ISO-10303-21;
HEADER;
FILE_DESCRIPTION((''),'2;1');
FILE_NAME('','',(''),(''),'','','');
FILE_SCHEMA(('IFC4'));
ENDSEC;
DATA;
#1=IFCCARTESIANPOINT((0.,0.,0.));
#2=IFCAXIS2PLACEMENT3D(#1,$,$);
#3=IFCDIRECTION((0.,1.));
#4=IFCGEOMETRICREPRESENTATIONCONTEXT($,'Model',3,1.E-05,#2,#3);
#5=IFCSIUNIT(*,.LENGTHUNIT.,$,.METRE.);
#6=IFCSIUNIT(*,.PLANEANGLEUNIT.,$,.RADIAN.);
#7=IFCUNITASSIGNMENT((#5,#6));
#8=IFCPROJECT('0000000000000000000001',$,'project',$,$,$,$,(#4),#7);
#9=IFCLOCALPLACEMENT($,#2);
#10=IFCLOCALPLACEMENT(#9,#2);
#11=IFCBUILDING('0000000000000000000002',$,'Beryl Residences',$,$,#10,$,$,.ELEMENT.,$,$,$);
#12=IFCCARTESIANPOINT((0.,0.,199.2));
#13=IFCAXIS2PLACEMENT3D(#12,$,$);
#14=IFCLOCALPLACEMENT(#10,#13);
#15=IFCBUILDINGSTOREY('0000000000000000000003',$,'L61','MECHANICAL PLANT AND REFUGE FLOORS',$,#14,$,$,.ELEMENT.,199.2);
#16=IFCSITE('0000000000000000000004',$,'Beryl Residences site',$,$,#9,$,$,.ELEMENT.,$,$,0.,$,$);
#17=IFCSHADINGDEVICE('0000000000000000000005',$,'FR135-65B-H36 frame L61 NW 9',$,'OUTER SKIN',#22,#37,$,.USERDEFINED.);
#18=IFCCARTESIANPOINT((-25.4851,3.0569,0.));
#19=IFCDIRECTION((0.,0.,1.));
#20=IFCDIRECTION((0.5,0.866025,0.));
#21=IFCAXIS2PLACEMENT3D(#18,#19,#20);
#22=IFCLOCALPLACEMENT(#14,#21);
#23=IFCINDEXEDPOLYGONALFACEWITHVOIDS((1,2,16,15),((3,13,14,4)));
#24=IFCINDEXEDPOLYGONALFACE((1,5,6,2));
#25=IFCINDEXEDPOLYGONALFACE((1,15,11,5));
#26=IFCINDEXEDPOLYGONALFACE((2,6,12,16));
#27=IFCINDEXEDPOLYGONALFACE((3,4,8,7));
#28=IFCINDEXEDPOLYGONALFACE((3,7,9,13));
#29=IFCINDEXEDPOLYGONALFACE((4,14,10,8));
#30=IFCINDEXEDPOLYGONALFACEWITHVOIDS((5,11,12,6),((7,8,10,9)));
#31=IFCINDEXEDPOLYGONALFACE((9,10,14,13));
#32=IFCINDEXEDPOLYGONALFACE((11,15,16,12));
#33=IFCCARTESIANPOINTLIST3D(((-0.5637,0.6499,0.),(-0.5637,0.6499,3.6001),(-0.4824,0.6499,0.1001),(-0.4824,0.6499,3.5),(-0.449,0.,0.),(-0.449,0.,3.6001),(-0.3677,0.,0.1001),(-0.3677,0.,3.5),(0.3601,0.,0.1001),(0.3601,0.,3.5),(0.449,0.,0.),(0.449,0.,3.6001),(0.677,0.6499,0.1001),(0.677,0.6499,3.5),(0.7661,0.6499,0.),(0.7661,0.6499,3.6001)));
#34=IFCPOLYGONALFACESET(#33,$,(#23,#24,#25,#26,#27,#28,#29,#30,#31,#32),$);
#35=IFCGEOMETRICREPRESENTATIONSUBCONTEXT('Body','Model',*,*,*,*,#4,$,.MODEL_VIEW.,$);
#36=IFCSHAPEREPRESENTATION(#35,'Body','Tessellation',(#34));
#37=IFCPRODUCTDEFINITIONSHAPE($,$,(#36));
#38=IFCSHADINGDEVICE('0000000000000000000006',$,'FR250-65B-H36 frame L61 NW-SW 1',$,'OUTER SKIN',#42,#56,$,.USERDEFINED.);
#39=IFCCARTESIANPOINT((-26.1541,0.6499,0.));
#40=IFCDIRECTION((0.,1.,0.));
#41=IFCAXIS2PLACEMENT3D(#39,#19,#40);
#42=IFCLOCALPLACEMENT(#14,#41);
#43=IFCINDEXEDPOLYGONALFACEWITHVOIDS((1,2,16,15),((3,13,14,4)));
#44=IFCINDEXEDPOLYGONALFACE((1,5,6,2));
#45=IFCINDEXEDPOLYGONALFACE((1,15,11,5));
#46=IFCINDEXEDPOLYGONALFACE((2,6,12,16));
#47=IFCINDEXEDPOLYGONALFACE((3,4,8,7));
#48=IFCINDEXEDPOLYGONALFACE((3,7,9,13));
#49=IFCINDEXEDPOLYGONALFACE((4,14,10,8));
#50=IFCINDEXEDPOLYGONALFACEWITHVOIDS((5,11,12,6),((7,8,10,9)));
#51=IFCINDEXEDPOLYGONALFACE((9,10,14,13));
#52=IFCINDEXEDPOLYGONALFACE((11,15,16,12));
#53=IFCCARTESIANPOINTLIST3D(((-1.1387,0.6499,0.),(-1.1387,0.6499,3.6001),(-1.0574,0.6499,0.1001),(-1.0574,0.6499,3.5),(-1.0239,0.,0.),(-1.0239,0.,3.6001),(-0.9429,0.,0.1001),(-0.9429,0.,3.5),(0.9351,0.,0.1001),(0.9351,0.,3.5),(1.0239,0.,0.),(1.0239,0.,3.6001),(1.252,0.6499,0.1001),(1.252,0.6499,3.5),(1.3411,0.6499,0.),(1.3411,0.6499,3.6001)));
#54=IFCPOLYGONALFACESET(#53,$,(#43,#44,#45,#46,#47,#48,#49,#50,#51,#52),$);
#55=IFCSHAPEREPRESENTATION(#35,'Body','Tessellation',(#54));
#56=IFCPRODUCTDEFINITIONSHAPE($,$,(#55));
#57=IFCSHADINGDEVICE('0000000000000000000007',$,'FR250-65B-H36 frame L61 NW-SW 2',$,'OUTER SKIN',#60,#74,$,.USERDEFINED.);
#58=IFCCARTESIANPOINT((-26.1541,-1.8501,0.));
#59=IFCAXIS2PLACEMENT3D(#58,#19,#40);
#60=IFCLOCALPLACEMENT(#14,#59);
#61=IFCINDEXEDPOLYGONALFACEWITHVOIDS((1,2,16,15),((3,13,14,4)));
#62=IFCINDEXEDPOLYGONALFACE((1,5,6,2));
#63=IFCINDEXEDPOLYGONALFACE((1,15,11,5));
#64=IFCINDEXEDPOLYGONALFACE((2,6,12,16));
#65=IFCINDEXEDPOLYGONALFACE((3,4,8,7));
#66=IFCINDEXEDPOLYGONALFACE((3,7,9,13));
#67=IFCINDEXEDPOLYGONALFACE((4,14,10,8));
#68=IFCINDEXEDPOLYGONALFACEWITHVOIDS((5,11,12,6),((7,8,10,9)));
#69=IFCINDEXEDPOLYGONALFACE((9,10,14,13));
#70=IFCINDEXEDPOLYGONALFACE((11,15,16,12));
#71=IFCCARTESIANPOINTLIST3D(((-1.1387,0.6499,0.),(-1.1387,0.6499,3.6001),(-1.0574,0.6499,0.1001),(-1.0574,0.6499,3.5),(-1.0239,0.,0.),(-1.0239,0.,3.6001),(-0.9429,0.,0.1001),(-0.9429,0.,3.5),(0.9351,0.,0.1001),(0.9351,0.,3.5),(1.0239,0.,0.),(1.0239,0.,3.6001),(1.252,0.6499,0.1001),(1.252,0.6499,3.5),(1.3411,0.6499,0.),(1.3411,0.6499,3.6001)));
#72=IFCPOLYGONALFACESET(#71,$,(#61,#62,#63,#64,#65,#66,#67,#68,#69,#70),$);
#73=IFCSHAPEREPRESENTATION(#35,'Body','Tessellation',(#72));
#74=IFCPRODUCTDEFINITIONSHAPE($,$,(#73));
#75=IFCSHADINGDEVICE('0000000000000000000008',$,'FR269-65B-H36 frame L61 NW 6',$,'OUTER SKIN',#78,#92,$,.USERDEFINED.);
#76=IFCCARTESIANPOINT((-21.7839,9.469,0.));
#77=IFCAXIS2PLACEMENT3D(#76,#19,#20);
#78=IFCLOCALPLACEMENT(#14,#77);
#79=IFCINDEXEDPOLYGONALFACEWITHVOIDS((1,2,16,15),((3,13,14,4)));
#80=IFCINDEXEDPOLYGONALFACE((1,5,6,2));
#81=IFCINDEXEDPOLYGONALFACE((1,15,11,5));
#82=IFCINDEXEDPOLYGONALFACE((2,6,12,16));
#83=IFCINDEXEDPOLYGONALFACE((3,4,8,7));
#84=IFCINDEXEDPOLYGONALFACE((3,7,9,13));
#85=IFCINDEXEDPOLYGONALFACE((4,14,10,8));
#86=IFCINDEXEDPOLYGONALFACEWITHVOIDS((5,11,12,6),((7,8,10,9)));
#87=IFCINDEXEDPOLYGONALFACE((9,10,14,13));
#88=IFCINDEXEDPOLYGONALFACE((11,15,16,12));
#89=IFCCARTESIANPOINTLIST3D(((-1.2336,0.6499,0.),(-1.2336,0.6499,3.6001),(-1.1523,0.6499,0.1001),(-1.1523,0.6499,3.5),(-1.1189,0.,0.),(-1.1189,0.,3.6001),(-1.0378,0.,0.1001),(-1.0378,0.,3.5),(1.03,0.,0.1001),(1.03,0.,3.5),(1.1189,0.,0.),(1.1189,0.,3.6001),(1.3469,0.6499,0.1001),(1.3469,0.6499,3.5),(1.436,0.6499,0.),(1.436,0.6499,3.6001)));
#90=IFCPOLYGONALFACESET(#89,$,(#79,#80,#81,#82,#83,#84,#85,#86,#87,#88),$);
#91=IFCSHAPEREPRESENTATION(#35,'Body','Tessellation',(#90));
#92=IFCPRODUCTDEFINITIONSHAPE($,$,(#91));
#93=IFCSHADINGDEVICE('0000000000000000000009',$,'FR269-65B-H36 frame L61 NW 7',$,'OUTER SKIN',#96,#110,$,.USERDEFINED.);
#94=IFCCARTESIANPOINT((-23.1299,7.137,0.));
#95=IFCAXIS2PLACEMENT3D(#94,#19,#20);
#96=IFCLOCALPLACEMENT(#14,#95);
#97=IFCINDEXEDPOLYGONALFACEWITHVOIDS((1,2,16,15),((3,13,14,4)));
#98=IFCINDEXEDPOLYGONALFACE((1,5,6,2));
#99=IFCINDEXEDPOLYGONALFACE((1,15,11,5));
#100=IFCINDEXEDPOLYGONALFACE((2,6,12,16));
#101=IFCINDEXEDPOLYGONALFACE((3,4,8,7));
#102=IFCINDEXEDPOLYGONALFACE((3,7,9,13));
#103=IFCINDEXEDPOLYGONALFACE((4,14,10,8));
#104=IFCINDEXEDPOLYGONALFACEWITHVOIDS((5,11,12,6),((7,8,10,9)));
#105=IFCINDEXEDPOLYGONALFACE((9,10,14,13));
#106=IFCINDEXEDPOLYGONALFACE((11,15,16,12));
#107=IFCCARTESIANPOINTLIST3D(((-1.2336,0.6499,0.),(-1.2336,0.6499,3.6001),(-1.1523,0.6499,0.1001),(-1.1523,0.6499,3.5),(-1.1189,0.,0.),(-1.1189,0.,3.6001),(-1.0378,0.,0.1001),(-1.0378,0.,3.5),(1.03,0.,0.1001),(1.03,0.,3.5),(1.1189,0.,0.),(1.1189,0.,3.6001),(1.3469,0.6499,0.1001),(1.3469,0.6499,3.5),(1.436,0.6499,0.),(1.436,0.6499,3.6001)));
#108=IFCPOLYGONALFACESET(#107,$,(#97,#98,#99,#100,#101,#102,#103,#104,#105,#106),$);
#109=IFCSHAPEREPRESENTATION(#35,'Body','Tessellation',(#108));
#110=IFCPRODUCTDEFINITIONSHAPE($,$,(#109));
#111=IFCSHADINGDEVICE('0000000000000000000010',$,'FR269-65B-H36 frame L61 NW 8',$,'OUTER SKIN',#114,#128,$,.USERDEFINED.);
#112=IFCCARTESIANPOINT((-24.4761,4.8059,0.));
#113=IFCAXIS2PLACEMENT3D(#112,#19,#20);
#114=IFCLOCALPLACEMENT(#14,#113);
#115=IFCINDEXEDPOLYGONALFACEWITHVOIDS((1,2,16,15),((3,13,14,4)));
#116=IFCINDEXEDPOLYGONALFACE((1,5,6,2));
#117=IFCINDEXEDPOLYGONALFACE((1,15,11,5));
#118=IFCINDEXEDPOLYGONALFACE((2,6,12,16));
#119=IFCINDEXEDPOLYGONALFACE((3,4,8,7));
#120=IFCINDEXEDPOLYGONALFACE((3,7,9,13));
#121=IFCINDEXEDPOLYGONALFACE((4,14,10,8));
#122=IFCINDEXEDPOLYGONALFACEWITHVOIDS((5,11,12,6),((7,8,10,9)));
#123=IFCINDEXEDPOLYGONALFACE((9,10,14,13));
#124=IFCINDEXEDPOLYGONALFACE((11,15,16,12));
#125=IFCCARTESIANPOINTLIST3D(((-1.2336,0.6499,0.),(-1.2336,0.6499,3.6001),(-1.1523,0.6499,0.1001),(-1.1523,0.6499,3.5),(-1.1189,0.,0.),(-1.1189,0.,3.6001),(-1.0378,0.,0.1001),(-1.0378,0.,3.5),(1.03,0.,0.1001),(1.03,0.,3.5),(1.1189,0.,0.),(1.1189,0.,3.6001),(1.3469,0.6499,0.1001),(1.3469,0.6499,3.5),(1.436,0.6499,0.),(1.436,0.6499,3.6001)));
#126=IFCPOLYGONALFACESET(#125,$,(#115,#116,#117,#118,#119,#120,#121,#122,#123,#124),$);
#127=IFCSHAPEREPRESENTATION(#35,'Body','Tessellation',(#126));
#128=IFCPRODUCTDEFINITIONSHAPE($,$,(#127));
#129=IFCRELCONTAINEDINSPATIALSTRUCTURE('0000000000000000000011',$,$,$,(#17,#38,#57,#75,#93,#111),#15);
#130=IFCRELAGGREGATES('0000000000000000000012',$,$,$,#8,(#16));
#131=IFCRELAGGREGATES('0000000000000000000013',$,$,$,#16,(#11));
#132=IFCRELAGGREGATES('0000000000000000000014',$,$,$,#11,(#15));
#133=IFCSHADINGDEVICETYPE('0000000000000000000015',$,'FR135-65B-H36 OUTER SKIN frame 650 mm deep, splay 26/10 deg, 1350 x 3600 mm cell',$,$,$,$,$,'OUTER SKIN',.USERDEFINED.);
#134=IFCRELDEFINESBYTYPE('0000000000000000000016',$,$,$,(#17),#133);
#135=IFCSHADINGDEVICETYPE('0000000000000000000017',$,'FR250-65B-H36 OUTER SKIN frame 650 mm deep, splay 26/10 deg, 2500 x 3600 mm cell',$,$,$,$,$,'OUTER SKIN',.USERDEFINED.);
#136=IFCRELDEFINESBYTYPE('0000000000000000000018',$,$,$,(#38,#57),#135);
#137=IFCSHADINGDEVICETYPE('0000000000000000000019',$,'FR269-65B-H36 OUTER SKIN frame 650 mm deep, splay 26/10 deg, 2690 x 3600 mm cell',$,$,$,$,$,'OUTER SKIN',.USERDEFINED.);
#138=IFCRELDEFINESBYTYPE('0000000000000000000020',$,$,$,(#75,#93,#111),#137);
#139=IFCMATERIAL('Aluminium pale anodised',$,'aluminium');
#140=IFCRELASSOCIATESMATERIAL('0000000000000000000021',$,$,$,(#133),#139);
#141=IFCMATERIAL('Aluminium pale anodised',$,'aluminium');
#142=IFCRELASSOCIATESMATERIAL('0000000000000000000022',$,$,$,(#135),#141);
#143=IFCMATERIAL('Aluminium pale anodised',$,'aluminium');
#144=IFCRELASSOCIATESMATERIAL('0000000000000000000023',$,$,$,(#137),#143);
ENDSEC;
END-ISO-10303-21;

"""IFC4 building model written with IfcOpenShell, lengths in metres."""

from ifc_helpers import new_model, entity, si_unit, direction, frame, origin, place, context, subcontext, project, spatial, source, transform, mapped, material, type_object, type_shapes, element, save


model = new_model("IFC4")

# Units and contexts
model_context = context("Model", 3, precision=1e-05, world=origin(), true_north=direction((0.0, 1.0)))
body_context = subcontext(model_context, "Body", "Model", "MODEL_VIEW")
ifc_project = project(units=[si_unit("LENGTHUNIT", "METRE"), si_unit("PLANEANGLEUNIT", "RADIAN")], contexts=[model_context])

# Site, building, storey
site_placement = place(None, origin())
site = spatial("IfcSite", under=ifc_project, at=site_placement, Name="Beryl Residences site", CompositionType="ELEMENT", RefElevation=0.0)
building_placement = place(site_placement, origin())
building = spatial("IfcBuilding", under=site, at=building_placement, Name="Beryl Residences", CompositionType="ELEMENT")
storey_placement = place(building_placement, frame((0.0, 0.0, 199.2)))
storey = spatial("IfcBuildingStorey", under=building, at=storey_placement, Name="L61", Description="MECHANICAL PLANT AND REFUGE FLOORS", CompositionType="ELEMENT", Elevation=199.2)

# Shading devices
ifc_material_1 = material(Name="Aluminium pale anodised", Category="aluminium")
shading_device_type_1 = type_object("IfcShadingDeviceType", Name="FR135-65B-H36 OUTER SKIN frame 650 mm deep, splay 26/10 deg, 1350 x 3600 mm cell", ElementType="OUTER SKIN", PredefinedType="USERDEFINED", material=ifc_material_1)
cartesian_point_1 = entity("IfcCartesianPoint", [-0.449, 0.0])
cartesian_point_2 = entity("IfcCartesianPoint", [-0.3601, 0.1001])
cartesian_point_3 = entity("IfcCartesianPoint", [-0.7661, 0.0])
cartesian_point_4 = entity("IfcCartesianPoint", [-0.677, 0.1001])
shared_shape_1 = source(origin(), body_context, "Body", "SweptSolid", [
    entity("IfcExtrudedAreaSolidTapered", entity("IfcArbitraryProfileDefWithVoids", "AREA", None, entity("IfcPolyline", [cartesian_point_1, entity("IfcCartesianPoint", [0.449, 0.0]), entity("IfcCartesianPoint", [0.449, 3.6001]), entity("IfcCartesianPoint", [-0.449, 3.6001]), cartesian_point_1]), [entity("IfcPolyline", [cartesian_point_2, entity("IfcCartesianPoint", [0.3677, 0.1001]), entity("IfcCartesianPoint", [0.3677, 3.5]), entity("IfcCartesianPoint", [-0.3601, 3.5]), cartesian_point_2])]), entity("IfcAxis2Placement3D", entity("IfcCartesianPoint", [0.0, 0.0, 0.0]), entity("IfcDirection", [0.0, 1.0, 0.0]), entity("IfcDirection", [-1.0, 0.0, 0.0])), entity("IfcDirection", [0.0, 0.0, 1.0]), 0.6499, entity("IfcArbitraryProfileDefWithVoids", "AREA", None, entity("IfcPolyline", [cartesian_point_3, entity("IfcCartesianPoint", [0.5637, 0.0]), entity("IfcCartesianPoint", [0.5637, 3.6001]), entity("IfcCartesianPoint", [-0.7661, 3.6001]), cartesian_point_3]), [entity("IfcPolyline", [cartesian_point_4, entity("IfcCartesianPoint", [0.4824, 0.1001]), entity("IfcCartesianPoint", [0.4824, 3.5]), entity("IfcCartesianPoint", [-0.677, 3.5]), cartesian_point_4])])),
])
type_shapes(shading_device_type_1, [shared_shape_1])
shading_device_placement = place(storey_placement, frame((-25.4851, 3.0569, 0.0), z_axis=(0.0, 0.0, 1.0), x_axis=(0.5, 0.866025, 0.0)))
element("IfcShadingDevice", 1, at=shading_device_placement, inside=storey, type_object=shading_device_type_1, Name="FR135-65B-H36 frame L61 NW 9", ObjectType="OUTER SKIN", PredefinedType="USERDEFINED", context=body_context, shape_type="MappedRepresentation", body=[
    mapped(shared_shape_1, transform((0.0, 0.0, 0.0))),
])
ifc_material_2 = material(Name="Aluminium pale anodised", Category="aluminium")
shading_device_type_2 = type_object("IfcShadingDeviceType", Name="FR250-65B-H36 OUTER SKIN frame 650 mm deep, splay 26/10 deg, 2500 x 3600 mm cell", ElementType="OUTER SKIN", PredefinedType="USERDEFINED", material=ifc_material_2)
cartesian_point_5 = entity("IfcCartesianPoint", [-1.0239, 0.0])
cartesian_point_6 = entity("IfcCartesianPoint", [-0.9351, 0.1001])
cartesian_point_7 = entity("IfcCartesianPoint", [-1.3411, 0.0])
cartesian_point_8 = entity("IfcCartesianPoint", [-1.252, 0.1001])
shared_shape_2 = source(origin(), body_context, "Body", "SweptSolid", [
    entity("IfcExtrudedAreaSolidTapered", entity("IfcArbitraryProfileDefWithVoids", "AREA", None, entity("IfcPolyline", [cartesian_point_5, entity("IfcCartesianPoint", [1.0239, 0.0]), entity("IfcCartesianPoint", [1.0239, 3.6001]), entity("IfcCartesianPoint", [-1.0239, 3.6001]), cartesian_point_5]), [entity("IfcPolyline", [cartesian_point_6, entity("IfcCartesianPoint", [0.9429, 0.1001]), entity("IfcCartesianPoint", [0.9429, 3.5]), entity("IfcCartesianPoint", [-0.9351, 3.5]), cartesian_point_6])]), entity("IfcAxis2Placement3D", entity("IfcCartesianPoint", [0.0, 0.0, 0.0]), entity("IfcDirection", [0.0, 1.0, 0.0]), entity("IfcDirection", [-1.0, 0.0, 0.0])), entity("IfcDirection", [0.0, 0.0, 1.0]), 0.6499, entity("IfcArbitraryProfileDefWithVoids", "AREA", None, entity("IfcPolyline", [cartesian_point_7, entity("IfcCartesianPoint", [1.1387, 0.0]), entity("IfcCartesianPoint", [1.1387, 3.6001]), entity("IfcCartesianPoint", [-1.3411, 3.6001]), cartesian_point_7]), [entity("IfcPolyline", [cartesian_point_8, entity("IfcCartesianPoint", [1.0574, 0.1001]), entity("IfcCartesianPoint", [1.0574, 3.5]), entity("IfcCartesianPoint", [-1.252, 3.5]), cartesian_point_8])])),
])
type_shapes(shading_device_type_2, [shared_shape_2])
for number, where, z_axis, x_axis, name in (
    (2, (-26.1541, 0.6499, 0.0), (0.0, 0.0, 1.0), (0.0, 1.0, 0.0), "FR250-65B-H36 frame L61 NW-SW 1"),
    (3, (-26.1541, -1.8501, 0.0), (0.0, 0.0, 1.0), (0.0, 1.0, 0.0), "FR250-65B-H36 frame L61 NW-SW 2"),
):
    element("IfcShadingDevice", number, at=place(storey_placement, frame(where, z_axis=z_axis, x_axis=x_axis)), inside=storey, type_object=shading_device_type_2, Name=name, ObjectType="OUTER SKIN", PredefinedType="USERDEFINED", context=body_context, shape_type="MappedRepresentation", body=[
        mapped(shared_shape_2, transform((0.0, 0.0, 0.0))),
    ])
ifc_material_3 = material(Name="Aluminium pale anodised", Category="aluminium")
shading_device_type_3 = type_object("IfcShadingDeviceType", Name="FR269-65B-H36 OUTER SKIN frame 650 mm deep, splay 26/10 deg, 2690 x 3600 mm cell", ElementType="OUTER SKIN", PredefinedType="USERDEFINED", material=ifc_material_3)
cartesian_point_9 = entity("IfcCartesianPoint", [-1.1189, 0.0])
cartesian_point_10 = entity("IfcCartesianPoint", [-1.03, 0.1001])
cartesian_point_11 = entity("IfcCartesianPoint", [-1.436, 0.0])
cartesian_point_12 = entity("IfcCartesianPoint", [-1.3469, 0.1001])
shared_shape_3 = source(origin(), body_context, "Body", "SweptSolid", [
    entity("IfcExtrudedAreaSolidTapered", entity("IfcArbitraryProfileDefWithVoids", "AREA", None, entity("IfcPolyline", [cartesian_point_9, entity("IfcCartesianPoint", [1.1189, 0.0]), entity("IfcCartesianPoint", [1.1189, 3.6001]), entity("IfcCartesianPoint", [-1.1189, 3.6001]), cartesian_point_9]), [entity("IfcPolyline", [cartesian_point_10, entity("IfcCartesianPoint", [1.0378, 0.1001]), entity("IfcCartesianPoint", [1.0378, 3.5]), entity("IfcCartesianPoint", [-1.03, 3.5]), cartesian_point_10])]), entity("IfcAxis2Placement3D", entity("IfcCartesianPoint", [0.0, 0.0, 0.0]), entity("IfcDirection", [0.0, 1.0, 0.0]), entity("IfcDirection", [-1.0, 0.0, 0.0])), entity("IfcDirection", [0.0, 0.0, 1.0]), 0.6499, entity("IfcArbitraryProfileDefWithVoids", "AREA", None, entity("IfcPolyline", [cartesian_point_11, entity("IfcCartesianPoint", [1.2336, 0.0]), entity("IfcCartesianPoint", [1.2336, 3.6001]), entity("IfcCartesianPoint", [-1.436, 3.6001]), cartesian_point_11]), [entity("IfcPolyline", [cartesian_point_12, entity("IfcCartesianPoint", [1.1523, 0.1001]), entity("IfcCartesianPoint", [1.1523, 3.5]), entity("IfcCartesianPoint", [-1.3469, 3.5]), cartesian_point_12])])),
])
type_shapes(shading_device_type_3, [shared_shape_3])
for number, where, z_axis, x_axis, name in (
    (4, (-21.7839, 9.469, 0.0), (0.0, 0.0, 1.0), (0.5, 0.866025, 0.0), "FR269-65B-H36 frame L61 NW 6"),
    (5, (-23.1299, 7.137, 0.0), (0.0, 0.0, 1.0), (0.5, 0.866025, 0.0), "FR269-65B-H36 frame L61 NW 7"),
    (6, (-24.4761, 4.8059, 0.0), (0.0, 0.0, 1.0), (0.5, 0.866025, 0.0), "FR269-65B-H36 frame L61 NW 8"),
):
    element("IfcShadingDevice", number, at=place(storey_placement, frame(where, z_axis=z_axis, x_axis=x_axis)), inside=storey, type_object=shading_device_type_3, Name=name, ObjectType="OUTER SKIN", PredefinedType="USERDEFINED", context=body_context, shape_type="MappedRepresentation", body=[
        mapped(shared_shape_3, transform((0.0, 0.0, 0.0))),
    ])

save(model, "model.ifc")
